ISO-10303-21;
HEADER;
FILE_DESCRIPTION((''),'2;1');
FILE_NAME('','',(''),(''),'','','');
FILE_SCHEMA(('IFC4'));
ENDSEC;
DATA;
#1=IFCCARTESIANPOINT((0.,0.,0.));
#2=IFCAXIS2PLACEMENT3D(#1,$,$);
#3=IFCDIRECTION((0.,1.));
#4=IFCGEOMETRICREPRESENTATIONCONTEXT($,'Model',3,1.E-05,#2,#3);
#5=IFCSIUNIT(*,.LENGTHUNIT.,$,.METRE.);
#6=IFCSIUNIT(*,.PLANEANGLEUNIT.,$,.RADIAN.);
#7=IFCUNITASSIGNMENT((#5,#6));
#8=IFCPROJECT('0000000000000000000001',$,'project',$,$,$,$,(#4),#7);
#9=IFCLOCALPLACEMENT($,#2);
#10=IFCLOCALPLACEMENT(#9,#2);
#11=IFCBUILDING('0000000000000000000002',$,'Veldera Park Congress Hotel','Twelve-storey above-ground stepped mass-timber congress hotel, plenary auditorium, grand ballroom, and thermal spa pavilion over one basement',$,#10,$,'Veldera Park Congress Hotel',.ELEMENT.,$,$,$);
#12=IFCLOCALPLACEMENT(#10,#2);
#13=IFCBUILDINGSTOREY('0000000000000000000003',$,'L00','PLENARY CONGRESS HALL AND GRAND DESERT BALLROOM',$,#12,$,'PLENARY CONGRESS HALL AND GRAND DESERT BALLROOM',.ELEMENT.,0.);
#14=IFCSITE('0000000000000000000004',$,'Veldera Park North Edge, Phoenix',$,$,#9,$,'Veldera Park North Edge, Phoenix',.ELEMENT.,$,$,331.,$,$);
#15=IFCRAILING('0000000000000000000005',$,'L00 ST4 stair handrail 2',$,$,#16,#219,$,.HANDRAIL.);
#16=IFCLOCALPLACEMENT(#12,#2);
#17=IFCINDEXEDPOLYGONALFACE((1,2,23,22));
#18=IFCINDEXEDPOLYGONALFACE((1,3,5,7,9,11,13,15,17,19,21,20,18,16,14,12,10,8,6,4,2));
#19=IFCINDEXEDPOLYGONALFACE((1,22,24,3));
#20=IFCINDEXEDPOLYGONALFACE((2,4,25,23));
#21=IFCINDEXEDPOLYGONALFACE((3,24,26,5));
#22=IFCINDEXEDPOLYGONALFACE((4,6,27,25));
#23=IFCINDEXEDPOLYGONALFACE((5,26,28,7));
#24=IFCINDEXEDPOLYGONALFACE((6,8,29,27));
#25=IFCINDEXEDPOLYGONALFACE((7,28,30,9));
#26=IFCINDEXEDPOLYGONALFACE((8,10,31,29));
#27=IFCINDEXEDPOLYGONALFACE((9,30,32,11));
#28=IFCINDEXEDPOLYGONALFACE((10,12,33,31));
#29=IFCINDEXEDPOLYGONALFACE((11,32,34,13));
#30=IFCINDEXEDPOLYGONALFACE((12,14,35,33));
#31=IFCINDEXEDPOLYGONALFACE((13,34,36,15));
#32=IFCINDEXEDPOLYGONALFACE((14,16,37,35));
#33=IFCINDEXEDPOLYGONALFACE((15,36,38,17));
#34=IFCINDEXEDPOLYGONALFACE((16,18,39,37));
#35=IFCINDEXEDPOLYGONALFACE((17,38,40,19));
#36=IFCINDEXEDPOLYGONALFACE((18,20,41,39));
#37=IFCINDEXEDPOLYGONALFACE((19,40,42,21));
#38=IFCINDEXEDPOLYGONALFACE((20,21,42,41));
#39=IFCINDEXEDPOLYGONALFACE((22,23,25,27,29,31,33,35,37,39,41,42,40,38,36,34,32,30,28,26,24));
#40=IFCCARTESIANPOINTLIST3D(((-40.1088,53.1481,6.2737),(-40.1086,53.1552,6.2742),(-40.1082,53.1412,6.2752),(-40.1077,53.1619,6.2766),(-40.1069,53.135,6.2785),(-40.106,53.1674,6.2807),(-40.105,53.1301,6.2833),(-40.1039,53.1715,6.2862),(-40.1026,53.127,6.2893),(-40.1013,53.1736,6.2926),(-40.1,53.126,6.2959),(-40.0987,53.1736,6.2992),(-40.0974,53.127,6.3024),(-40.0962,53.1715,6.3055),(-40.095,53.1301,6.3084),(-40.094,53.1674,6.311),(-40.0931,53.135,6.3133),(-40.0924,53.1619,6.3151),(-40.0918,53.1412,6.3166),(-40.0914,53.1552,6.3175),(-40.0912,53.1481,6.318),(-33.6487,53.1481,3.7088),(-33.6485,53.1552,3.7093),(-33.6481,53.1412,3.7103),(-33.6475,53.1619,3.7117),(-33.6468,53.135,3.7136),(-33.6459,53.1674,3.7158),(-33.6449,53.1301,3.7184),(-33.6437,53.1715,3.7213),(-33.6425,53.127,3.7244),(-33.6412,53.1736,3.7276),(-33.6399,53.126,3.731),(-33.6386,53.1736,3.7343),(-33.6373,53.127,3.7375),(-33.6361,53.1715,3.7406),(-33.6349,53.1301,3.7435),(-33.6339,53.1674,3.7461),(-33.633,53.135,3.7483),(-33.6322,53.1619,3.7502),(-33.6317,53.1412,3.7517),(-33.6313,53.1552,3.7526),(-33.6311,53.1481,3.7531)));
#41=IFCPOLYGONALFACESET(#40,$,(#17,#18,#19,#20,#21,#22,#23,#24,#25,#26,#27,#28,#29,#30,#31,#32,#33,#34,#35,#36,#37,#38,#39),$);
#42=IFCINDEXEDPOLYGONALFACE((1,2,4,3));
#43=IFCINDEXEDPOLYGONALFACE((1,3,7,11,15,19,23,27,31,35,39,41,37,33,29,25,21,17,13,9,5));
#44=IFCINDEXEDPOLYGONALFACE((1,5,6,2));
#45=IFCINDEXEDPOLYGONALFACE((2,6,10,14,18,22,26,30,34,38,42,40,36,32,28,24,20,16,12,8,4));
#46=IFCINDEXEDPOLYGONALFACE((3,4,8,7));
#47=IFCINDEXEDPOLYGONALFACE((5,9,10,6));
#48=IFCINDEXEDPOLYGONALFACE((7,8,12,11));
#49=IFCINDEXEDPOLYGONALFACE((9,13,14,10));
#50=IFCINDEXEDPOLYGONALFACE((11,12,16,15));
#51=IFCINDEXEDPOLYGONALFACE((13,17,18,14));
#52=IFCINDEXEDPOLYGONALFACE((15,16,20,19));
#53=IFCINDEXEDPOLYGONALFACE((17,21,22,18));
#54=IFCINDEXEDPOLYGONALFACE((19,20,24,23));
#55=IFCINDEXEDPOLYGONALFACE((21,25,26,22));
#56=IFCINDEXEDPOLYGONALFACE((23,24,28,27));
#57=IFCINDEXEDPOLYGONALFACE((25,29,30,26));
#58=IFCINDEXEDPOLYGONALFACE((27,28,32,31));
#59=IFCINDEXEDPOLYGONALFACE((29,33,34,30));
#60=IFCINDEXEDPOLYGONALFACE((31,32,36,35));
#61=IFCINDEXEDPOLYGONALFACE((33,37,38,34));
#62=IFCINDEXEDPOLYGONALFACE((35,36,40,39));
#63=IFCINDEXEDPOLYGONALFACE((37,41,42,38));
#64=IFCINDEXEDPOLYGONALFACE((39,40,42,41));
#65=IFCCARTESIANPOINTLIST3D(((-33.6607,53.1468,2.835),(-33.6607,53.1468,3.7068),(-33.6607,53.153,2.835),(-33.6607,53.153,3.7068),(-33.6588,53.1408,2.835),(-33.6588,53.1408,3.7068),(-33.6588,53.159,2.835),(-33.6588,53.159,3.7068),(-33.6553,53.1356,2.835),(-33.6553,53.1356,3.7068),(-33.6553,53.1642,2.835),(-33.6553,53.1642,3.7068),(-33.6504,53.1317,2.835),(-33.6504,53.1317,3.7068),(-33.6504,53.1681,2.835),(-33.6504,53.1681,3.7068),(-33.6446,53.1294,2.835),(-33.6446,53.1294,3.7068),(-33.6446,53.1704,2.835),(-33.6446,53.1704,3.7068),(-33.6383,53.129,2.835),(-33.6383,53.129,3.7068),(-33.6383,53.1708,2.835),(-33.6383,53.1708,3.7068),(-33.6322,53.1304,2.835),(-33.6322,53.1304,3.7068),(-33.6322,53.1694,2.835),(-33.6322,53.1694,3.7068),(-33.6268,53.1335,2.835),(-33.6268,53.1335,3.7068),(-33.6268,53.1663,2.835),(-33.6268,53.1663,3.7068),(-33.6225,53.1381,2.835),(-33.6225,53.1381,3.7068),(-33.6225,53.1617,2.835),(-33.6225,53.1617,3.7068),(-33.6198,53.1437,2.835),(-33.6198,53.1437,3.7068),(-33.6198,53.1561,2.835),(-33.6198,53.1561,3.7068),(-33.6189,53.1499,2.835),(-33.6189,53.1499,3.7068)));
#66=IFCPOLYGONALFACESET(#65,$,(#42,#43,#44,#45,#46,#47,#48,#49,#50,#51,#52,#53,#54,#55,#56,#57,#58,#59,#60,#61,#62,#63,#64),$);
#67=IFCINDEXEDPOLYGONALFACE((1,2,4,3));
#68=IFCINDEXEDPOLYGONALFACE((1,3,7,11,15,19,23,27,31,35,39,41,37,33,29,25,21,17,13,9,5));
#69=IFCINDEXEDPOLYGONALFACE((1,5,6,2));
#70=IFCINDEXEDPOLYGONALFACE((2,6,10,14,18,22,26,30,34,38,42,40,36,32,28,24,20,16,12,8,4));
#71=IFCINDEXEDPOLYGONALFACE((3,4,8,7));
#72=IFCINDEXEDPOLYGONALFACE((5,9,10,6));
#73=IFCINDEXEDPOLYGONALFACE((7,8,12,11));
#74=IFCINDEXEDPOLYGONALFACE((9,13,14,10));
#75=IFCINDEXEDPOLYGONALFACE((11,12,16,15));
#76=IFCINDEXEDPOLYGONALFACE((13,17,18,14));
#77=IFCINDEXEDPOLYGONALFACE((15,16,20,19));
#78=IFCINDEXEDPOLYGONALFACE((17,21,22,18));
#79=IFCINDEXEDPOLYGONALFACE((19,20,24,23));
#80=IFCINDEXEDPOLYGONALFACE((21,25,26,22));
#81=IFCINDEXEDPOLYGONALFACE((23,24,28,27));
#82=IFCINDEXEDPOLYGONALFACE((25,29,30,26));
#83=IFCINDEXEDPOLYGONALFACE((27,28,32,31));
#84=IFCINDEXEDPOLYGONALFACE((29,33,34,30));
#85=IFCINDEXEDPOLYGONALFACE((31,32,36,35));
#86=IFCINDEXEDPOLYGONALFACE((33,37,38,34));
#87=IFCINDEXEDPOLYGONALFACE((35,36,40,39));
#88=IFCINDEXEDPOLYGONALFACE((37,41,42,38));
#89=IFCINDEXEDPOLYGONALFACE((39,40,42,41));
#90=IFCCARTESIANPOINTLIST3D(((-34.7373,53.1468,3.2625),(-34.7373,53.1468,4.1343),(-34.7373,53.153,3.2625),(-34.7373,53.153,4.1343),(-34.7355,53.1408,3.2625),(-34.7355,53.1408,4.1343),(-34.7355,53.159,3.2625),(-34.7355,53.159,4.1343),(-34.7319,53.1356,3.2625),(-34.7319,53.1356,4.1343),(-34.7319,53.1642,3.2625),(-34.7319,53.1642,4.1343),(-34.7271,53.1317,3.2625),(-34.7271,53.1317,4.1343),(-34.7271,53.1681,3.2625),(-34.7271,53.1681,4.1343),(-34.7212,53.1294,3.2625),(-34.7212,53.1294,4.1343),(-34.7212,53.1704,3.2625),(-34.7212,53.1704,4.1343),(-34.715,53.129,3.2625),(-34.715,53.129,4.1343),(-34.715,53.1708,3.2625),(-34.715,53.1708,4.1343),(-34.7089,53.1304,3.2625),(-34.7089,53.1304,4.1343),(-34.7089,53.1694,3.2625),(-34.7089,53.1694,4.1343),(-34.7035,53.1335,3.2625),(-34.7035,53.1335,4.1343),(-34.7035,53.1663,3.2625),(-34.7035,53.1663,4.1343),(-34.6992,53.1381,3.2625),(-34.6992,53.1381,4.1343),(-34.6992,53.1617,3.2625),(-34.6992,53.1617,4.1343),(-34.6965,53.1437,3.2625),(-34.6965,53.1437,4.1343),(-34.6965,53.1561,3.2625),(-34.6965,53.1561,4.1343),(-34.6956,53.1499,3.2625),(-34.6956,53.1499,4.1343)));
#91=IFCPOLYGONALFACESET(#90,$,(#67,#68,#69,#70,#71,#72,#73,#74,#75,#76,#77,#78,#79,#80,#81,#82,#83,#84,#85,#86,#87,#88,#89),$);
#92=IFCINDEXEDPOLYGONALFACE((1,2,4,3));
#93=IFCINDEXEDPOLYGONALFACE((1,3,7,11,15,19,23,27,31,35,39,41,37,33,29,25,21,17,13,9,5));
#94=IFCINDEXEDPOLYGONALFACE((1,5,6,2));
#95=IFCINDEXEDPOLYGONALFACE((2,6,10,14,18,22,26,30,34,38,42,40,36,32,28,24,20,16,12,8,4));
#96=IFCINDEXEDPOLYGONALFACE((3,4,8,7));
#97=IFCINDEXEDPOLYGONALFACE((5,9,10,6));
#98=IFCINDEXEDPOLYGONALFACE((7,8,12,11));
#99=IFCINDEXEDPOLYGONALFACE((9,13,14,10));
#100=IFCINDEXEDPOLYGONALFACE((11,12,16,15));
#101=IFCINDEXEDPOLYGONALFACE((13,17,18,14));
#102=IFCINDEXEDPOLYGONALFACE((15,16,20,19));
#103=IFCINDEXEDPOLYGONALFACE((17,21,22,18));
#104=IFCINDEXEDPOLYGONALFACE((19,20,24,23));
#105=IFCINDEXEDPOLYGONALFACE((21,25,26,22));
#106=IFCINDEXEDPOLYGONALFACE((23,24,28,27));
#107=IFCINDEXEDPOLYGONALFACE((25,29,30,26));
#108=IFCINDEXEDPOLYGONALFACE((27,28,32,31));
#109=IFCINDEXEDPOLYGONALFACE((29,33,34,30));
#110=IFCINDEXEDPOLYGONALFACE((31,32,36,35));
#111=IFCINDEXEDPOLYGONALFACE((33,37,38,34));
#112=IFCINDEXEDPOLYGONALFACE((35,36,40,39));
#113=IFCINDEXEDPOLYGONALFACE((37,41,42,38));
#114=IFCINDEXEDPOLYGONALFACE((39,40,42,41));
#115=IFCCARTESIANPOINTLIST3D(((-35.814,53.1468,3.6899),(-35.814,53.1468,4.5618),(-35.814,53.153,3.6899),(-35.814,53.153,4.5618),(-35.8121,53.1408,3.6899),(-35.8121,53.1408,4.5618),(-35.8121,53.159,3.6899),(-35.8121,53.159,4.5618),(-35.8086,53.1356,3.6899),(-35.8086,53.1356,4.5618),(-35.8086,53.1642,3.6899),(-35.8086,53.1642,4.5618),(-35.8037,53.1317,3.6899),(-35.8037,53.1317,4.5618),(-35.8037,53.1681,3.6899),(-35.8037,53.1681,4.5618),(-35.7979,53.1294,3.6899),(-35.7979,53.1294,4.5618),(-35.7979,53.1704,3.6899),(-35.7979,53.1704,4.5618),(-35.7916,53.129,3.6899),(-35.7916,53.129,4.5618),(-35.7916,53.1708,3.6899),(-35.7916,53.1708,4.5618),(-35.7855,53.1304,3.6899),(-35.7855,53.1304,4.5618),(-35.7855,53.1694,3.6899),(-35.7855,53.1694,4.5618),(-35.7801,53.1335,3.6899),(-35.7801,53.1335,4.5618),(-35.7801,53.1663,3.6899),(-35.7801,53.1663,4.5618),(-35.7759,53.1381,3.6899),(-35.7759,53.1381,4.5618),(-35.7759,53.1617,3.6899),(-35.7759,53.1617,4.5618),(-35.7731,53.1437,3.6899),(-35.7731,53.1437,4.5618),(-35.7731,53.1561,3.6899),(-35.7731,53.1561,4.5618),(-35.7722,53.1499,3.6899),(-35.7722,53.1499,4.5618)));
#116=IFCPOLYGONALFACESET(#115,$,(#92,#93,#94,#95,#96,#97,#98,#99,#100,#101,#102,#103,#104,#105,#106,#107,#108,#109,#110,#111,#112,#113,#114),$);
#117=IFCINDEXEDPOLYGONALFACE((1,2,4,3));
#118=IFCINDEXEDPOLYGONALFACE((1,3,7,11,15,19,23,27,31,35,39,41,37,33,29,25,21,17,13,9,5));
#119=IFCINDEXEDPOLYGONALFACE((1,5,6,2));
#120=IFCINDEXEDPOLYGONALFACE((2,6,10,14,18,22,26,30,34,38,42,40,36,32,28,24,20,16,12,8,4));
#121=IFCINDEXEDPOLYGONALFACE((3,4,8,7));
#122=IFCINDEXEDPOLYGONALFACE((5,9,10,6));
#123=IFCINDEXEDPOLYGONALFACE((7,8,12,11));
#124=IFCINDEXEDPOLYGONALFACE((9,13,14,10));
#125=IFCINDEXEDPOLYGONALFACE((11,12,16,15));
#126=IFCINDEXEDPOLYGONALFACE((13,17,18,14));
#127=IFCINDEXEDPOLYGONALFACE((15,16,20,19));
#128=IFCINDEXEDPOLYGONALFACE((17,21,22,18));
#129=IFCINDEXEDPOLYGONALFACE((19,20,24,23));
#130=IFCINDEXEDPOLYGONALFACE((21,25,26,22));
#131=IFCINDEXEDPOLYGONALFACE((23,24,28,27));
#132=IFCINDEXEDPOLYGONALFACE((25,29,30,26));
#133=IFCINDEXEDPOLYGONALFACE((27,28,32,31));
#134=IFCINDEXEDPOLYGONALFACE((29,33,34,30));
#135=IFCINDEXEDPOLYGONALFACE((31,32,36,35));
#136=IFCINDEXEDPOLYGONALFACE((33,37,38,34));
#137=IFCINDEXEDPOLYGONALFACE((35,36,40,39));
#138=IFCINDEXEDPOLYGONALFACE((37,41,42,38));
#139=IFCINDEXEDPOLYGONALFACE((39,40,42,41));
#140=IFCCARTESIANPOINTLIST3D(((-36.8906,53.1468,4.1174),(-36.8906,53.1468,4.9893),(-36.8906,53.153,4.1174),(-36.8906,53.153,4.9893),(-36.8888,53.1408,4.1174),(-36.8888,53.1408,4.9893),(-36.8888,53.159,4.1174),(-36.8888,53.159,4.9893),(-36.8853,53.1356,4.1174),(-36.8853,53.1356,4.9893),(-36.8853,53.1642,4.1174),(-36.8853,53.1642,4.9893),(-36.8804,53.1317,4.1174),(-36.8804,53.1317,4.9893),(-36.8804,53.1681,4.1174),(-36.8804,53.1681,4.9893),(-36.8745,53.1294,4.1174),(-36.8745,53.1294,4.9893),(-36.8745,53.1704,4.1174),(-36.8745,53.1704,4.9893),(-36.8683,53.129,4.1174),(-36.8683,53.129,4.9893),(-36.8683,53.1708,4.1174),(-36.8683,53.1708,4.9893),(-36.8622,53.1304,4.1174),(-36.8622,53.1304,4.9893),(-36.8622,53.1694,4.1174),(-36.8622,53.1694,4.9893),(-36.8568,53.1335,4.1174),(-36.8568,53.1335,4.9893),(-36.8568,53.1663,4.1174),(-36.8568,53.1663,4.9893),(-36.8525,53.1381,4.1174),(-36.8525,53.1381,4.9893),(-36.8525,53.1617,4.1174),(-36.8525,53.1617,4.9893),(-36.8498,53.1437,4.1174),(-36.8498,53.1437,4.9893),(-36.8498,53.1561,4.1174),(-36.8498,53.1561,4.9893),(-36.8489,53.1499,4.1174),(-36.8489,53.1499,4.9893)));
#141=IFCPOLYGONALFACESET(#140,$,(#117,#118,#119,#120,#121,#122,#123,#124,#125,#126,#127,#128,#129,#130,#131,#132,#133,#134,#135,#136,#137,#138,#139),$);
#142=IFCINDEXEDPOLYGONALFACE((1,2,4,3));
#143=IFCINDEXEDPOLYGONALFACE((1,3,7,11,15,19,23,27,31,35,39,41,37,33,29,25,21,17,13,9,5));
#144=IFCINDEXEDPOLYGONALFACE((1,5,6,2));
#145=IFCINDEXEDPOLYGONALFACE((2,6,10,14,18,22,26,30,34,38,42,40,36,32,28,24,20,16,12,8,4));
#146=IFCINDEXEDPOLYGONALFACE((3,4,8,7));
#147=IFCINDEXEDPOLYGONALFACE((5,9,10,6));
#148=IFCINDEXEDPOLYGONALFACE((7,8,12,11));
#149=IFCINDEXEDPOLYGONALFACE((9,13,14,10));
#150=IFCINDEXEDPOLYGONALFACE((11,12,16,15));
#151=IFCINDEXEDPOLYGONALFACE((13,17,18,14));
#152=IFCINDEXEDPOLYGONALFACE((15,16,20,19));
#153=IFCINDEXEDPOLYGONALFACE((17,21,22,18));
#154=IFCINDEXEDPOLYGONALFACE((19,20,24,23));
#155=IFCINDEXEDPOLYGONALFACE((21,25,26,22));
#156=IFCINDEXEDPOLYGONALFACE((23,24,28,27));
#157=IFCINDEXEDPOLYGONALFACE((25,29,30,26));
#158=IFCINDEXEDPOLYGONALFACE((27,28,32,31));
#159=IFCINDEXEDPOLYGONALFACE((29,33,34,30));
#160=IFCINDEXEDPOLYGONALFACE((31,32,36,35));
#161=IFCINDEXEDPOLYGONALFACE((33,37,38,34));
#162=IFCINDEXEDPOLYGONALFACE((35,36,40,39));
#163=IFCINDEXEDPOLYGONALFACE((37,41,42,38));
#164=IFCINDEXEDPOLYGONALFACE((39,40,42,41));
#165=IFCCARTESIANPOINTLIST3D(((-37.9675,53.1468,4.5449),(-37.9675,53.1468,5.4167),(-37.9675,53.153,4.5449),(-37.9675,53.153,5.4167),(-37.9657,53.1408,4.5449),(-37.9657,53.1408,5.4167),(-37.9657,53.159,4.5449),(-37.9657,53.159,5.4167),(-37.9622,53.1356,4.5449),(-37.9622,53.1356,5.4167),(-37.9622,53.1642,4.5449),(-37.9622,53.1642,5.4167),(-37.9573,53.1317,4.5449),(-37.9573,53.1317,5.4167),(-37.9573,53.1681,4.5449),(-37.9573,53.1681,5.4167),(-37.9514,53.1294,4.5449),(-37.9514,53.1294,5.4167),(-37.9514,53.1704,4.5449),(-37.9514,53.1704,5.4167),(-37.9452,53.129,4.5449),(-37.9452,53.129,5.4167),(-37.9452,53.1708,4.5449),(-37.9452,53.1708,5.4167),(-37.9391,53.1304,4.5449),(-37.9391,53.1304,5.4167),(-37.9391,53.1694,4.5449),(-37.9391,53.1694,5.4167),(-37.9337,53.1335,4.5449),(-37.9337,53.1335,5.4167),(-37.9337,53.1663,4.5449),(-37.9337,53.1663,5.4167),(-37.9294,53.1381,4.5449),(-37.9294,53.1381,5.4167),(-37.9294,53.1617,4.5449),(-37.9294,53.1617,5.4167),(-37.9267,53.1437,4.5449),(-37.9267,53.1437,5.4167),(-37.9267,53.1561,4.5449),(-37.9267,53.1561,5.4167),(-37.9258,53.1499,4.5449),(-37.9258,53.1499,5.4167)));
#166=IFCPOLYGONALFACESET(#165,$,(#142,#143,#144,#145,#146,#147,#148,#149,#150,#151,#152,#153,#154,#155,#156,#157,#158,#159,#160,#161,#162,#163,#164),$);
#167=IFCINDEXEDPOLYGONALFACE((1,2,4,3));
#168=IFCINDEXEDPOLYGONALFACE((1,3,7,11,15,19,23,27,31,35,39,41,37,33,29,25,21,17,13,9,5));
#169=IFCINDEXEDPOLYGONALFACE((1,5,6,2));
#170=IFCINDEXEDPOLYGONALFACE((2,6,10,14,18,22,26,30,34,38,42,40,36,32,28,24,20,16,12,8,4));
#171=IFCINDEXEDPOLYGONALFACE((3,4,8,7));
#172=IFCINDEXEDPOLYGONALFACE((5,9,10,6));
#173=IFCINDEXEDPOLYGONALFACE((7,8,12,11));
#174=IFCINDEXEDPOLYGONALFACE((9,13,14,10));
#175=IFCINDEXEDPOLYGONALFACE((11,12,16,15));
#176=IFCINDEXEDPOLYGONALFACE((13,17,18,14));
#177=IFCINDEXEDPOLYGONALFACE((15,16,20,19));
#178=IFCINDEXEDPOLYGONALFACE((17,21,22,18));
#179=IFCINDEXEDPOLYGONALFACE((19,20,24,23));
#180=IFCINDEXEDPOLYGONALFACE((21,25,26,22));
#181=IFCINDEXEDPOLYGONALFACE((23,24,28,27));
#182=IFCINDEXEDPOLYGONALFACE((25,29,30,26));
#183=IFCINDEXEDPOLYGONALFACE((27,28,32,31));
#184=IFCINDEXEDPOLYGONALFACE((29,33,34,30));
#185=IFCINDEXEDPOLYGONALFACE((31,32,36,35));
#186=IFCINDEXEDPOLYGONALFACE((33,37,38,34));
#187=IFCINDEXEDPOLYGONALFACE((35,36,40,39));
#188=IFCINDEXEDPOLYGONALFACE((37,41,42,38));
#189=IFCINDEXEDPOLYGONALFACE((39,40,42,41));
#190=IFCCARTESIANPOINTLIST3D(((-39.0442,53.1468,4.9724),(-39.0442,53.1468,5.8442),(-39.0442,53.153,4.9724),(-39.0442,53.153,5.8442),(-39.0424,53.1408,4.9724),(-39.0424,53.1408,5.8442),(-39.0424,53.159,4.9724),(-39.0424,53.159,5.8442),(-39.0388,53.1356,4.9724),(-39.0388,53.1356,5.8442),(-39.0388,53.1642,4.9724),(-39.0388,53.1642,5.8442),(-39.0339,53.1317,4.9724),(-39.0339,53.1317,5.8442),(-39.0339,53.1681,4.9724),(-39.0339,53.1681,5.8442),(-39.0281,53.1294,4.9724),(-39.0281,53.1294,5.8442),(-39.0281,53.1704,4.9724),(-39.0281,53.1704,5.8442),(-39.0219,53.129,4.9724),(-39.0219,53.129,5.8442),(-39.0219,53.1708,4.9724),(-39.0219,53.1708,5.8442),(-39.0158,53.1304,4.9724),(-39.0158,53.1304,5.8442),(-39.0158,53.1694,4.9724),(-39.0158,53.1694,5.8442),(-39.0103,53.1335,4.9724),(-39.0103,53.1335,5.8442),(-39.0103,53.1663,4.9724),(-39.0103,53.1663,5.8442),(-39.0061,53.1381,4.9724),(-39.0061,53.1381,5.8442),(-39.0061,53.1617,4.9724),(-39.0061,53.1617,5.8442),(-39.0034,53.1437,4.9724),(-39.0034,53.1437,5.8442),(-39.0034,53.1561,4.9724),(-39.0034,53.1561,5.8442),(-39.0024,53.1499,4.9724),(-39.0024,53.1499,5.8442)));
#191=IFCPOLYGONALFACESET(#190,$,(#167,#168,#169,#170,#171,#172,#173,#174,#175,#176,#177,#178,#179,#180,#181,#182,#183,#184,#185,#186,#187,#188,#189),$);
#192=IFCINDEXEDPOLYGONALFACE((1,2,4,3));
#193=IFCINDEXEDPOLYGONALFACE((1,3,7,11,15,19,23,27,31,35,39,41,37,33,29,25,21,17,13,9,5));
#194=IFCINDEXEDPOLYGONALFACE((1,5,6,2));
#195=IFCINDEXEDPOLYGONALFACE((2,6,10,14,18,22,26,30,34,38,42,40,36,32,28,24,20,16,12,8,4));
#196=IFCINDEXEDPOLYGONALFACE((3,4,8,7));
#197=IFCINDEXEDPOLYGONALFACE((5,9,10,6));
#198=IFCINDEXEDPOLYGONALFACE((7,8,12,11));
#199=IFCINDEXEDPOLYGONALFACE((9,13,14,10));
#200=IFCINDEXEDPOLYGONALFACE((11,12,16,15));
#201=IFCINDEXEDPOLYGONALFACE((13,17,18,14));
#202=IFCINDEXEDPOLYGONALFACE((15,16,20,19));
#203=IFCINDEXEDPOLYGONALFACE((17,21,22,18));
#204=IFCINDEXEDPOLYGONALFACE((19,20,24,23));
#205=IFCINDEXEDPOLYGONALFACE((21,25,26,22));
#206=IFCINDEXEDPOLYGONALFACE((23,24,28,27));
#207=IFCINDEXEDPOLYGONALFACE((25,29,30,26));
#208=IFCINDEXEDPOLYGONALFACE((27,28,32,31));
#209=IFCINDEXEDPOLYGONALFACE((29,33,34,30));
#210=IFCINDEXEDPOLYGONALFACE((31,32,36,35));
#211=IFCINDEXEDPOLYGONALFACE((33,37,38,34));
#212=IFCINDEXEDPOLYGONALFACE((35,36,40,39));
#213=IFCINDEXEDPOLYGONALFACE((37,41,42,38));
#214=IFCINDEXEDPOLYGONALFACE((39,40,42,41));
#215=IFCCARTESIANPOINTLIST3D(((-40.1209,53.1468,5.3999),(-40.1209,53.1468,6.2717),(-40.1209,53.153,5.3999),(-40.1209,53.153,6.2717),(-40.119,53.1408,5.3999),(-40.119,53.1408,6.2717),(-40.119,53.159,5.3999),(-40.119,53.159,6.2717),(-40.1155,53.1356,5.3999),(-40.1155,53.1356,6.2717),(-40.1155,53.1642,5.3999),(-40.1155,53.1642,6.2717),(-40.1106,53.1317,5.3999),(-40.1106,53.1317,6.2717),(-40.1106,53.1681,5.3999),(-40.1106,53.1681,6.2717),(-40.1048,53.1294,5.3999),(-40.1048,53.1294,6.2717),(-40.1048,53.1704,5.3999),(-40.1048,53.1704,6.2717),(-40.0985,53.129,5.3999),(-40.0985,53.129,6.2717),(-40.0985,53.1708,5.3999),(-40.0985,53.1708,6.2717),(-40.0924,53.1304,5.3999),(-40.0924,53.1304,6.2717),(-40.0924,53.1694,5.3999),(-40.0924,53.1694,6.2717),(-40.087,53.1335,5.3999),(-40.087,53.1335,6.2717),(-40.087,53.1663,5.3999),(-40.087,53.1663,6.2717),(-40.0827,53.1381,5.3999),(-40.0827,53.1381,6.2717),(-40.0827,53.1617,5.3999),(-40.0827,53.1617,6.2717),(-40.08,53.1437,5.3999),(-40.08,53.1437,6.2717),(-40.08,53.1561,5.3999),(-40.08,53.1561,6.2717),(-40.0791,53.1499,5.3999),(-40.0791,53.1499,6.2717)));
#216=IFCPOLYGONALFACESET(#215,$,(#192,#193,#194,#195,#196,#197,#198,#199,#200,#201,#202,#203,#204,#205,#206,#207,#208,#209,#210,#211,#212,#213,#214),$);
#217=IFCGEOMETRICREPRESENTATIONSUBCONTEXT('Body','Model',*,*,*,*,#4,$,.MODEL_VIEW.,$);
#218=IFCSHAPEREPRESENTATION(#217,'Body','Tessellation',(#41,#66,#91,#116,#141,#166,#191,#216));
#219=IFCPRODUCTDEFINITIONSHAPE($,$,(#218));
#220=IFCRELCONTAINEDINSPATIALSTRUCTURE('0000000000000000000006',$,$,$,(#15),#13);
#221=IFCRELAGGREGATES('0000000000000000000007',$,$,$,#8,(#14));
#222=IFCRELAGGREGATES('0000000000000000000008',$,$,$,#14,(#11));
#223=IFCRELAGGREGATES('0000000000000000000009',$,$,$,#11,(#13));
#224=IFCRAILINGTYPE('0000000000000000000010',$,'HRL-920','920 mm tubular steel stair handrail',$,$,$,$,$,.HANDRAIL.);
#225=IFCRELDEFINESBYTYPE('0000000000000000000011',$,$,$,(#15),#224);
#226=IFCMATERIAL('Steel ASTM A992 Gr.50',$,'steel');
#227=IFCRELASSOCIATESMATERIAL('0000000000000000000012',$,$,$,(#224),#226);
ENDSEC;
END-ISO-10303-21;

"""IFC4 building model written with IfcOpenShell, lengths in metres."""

from ifc_helpers import new_model, si_unit, direction, frame, origin, origin_2d, place, context, subcontext, project, spatial, circle, extrude, material, type_object, element, save


model = new_model("IFC4")

# Units and contexts
model_context = context("Model", 3, precision=1e-05, world=origin(), true_north=direction((0.0, 1.0)))
body_context = subcontext(model_context, "Body", "Model", "MODEL_VIEW")
ifc_project = project(units=[si_unit("LENGTHUNIT", "METRE"), si_unit("PLANEANGLEUNIT", "RADIAN")], contexts=[model_context])

# Site, building, storey
site_placement = place(None, origin())
site = spatial("IfcSite", under=ifc_project, at=site_placement, Name="Veldera Park North Edge, Phoenix", LongName="Veldera Park North Edge, Phoenix", CompositionType="ELEMENT", RefElevation=331.0)
building_placement = place(site_placement, origin())
building = spatial("IfcBuilding", under=site, at=building_placement, Name="Veldera Park Congress Hotel", Description="Twelve-storey above-ground stepped mass-timber congress hotel, plenary auditorium, grand ballroom, and thermal spa pavilion over one basement", LongName="Veldera Park Congress Hotel", CompositionType="ELEMENT")
storey_placement = place(building_placement, origin())
storey = spatial("IfcBuildingStorey", under=building, at=storey_placement, Name="L00", Description="PLENARY CONGRESS HALL AND GRAND DESERT BALLROOM", LongName="PLENARY CONGRESS HALL AND GRAND DESERT BALLROOM", CompositionType="ELEMENT", Elevation=0.0)

# Shared definitions
ifc_material_1 = material(Name="Steel ASTM A992 Gr.50", Category="steel")

# Railing
railing_type_1 = type_object("IfcRailingType", Name="HRL-920", Description="920 mm tubular steel stair handrail", PredefinedType="HANDRAIL", material=ifc_material_1)
railing_1_placement = place(storey_placement, frame((-33.6399, 53.1499, 2.835)))
element("IfcRailing", 1, at=railing_1_placement, inside=storey, type_object=railing_type_1, Name="L00 ST4 stair handrail 2", PredefinedType="HANDRAIL", context=body_context, shape_type="SweptSolid", body=[
    extrude(circle(Radius=0.0239, at=origin_2d()), frame((0.0, 0.0, 0.896), z_axis=(-0.929423, 0.0, 0.369016), x_axis=(0.0, -1.0, 0.0)), (0.0, 0.0, 1.0), 6.9507),
    extrude(circle(Radius=0.021, at=origin_2d()), origin(), (0.0, 0.0, 1.0), 0.8718),
    extrude(circle(Radius=0.021, at=origin_2d()), frame((-1.0767, 0.0, 0.4275)), (0.0, 0.0, 1.0), 0.8718),
    extrude(circle(Radius=0.021, at=origin_2d()), frame((-2.1533, 0.0, 0.855)), (0.0, 0.0, 1.0), 0.8718),
    extrude(circle(Radius=0.021, at=origin_2d()), frame((-3.23, 0.0, 1.2825)), (0.0, 0.0, 1.0), 0.8718),
    extrude(circle(Radius=0.021, at=origin_2d()), frame((-4.3069, 0.0, 1.71)), (0.0, 0.0, 1.0), 0.8718),
    extrude(circle(Radius=0.021, at=origin_2d()), frame((-5.3835, 0.0, 2.1375)), (0.0, 0.0, 1.0), 0.8718),
    extrude(circle(Radius=0.021, at=origin_2d()), frame((-6.4602, 0.0, 2.5649)), (0.0, 0.0, 1.0), 0.8718),
])

save(model, "model.ifc")
